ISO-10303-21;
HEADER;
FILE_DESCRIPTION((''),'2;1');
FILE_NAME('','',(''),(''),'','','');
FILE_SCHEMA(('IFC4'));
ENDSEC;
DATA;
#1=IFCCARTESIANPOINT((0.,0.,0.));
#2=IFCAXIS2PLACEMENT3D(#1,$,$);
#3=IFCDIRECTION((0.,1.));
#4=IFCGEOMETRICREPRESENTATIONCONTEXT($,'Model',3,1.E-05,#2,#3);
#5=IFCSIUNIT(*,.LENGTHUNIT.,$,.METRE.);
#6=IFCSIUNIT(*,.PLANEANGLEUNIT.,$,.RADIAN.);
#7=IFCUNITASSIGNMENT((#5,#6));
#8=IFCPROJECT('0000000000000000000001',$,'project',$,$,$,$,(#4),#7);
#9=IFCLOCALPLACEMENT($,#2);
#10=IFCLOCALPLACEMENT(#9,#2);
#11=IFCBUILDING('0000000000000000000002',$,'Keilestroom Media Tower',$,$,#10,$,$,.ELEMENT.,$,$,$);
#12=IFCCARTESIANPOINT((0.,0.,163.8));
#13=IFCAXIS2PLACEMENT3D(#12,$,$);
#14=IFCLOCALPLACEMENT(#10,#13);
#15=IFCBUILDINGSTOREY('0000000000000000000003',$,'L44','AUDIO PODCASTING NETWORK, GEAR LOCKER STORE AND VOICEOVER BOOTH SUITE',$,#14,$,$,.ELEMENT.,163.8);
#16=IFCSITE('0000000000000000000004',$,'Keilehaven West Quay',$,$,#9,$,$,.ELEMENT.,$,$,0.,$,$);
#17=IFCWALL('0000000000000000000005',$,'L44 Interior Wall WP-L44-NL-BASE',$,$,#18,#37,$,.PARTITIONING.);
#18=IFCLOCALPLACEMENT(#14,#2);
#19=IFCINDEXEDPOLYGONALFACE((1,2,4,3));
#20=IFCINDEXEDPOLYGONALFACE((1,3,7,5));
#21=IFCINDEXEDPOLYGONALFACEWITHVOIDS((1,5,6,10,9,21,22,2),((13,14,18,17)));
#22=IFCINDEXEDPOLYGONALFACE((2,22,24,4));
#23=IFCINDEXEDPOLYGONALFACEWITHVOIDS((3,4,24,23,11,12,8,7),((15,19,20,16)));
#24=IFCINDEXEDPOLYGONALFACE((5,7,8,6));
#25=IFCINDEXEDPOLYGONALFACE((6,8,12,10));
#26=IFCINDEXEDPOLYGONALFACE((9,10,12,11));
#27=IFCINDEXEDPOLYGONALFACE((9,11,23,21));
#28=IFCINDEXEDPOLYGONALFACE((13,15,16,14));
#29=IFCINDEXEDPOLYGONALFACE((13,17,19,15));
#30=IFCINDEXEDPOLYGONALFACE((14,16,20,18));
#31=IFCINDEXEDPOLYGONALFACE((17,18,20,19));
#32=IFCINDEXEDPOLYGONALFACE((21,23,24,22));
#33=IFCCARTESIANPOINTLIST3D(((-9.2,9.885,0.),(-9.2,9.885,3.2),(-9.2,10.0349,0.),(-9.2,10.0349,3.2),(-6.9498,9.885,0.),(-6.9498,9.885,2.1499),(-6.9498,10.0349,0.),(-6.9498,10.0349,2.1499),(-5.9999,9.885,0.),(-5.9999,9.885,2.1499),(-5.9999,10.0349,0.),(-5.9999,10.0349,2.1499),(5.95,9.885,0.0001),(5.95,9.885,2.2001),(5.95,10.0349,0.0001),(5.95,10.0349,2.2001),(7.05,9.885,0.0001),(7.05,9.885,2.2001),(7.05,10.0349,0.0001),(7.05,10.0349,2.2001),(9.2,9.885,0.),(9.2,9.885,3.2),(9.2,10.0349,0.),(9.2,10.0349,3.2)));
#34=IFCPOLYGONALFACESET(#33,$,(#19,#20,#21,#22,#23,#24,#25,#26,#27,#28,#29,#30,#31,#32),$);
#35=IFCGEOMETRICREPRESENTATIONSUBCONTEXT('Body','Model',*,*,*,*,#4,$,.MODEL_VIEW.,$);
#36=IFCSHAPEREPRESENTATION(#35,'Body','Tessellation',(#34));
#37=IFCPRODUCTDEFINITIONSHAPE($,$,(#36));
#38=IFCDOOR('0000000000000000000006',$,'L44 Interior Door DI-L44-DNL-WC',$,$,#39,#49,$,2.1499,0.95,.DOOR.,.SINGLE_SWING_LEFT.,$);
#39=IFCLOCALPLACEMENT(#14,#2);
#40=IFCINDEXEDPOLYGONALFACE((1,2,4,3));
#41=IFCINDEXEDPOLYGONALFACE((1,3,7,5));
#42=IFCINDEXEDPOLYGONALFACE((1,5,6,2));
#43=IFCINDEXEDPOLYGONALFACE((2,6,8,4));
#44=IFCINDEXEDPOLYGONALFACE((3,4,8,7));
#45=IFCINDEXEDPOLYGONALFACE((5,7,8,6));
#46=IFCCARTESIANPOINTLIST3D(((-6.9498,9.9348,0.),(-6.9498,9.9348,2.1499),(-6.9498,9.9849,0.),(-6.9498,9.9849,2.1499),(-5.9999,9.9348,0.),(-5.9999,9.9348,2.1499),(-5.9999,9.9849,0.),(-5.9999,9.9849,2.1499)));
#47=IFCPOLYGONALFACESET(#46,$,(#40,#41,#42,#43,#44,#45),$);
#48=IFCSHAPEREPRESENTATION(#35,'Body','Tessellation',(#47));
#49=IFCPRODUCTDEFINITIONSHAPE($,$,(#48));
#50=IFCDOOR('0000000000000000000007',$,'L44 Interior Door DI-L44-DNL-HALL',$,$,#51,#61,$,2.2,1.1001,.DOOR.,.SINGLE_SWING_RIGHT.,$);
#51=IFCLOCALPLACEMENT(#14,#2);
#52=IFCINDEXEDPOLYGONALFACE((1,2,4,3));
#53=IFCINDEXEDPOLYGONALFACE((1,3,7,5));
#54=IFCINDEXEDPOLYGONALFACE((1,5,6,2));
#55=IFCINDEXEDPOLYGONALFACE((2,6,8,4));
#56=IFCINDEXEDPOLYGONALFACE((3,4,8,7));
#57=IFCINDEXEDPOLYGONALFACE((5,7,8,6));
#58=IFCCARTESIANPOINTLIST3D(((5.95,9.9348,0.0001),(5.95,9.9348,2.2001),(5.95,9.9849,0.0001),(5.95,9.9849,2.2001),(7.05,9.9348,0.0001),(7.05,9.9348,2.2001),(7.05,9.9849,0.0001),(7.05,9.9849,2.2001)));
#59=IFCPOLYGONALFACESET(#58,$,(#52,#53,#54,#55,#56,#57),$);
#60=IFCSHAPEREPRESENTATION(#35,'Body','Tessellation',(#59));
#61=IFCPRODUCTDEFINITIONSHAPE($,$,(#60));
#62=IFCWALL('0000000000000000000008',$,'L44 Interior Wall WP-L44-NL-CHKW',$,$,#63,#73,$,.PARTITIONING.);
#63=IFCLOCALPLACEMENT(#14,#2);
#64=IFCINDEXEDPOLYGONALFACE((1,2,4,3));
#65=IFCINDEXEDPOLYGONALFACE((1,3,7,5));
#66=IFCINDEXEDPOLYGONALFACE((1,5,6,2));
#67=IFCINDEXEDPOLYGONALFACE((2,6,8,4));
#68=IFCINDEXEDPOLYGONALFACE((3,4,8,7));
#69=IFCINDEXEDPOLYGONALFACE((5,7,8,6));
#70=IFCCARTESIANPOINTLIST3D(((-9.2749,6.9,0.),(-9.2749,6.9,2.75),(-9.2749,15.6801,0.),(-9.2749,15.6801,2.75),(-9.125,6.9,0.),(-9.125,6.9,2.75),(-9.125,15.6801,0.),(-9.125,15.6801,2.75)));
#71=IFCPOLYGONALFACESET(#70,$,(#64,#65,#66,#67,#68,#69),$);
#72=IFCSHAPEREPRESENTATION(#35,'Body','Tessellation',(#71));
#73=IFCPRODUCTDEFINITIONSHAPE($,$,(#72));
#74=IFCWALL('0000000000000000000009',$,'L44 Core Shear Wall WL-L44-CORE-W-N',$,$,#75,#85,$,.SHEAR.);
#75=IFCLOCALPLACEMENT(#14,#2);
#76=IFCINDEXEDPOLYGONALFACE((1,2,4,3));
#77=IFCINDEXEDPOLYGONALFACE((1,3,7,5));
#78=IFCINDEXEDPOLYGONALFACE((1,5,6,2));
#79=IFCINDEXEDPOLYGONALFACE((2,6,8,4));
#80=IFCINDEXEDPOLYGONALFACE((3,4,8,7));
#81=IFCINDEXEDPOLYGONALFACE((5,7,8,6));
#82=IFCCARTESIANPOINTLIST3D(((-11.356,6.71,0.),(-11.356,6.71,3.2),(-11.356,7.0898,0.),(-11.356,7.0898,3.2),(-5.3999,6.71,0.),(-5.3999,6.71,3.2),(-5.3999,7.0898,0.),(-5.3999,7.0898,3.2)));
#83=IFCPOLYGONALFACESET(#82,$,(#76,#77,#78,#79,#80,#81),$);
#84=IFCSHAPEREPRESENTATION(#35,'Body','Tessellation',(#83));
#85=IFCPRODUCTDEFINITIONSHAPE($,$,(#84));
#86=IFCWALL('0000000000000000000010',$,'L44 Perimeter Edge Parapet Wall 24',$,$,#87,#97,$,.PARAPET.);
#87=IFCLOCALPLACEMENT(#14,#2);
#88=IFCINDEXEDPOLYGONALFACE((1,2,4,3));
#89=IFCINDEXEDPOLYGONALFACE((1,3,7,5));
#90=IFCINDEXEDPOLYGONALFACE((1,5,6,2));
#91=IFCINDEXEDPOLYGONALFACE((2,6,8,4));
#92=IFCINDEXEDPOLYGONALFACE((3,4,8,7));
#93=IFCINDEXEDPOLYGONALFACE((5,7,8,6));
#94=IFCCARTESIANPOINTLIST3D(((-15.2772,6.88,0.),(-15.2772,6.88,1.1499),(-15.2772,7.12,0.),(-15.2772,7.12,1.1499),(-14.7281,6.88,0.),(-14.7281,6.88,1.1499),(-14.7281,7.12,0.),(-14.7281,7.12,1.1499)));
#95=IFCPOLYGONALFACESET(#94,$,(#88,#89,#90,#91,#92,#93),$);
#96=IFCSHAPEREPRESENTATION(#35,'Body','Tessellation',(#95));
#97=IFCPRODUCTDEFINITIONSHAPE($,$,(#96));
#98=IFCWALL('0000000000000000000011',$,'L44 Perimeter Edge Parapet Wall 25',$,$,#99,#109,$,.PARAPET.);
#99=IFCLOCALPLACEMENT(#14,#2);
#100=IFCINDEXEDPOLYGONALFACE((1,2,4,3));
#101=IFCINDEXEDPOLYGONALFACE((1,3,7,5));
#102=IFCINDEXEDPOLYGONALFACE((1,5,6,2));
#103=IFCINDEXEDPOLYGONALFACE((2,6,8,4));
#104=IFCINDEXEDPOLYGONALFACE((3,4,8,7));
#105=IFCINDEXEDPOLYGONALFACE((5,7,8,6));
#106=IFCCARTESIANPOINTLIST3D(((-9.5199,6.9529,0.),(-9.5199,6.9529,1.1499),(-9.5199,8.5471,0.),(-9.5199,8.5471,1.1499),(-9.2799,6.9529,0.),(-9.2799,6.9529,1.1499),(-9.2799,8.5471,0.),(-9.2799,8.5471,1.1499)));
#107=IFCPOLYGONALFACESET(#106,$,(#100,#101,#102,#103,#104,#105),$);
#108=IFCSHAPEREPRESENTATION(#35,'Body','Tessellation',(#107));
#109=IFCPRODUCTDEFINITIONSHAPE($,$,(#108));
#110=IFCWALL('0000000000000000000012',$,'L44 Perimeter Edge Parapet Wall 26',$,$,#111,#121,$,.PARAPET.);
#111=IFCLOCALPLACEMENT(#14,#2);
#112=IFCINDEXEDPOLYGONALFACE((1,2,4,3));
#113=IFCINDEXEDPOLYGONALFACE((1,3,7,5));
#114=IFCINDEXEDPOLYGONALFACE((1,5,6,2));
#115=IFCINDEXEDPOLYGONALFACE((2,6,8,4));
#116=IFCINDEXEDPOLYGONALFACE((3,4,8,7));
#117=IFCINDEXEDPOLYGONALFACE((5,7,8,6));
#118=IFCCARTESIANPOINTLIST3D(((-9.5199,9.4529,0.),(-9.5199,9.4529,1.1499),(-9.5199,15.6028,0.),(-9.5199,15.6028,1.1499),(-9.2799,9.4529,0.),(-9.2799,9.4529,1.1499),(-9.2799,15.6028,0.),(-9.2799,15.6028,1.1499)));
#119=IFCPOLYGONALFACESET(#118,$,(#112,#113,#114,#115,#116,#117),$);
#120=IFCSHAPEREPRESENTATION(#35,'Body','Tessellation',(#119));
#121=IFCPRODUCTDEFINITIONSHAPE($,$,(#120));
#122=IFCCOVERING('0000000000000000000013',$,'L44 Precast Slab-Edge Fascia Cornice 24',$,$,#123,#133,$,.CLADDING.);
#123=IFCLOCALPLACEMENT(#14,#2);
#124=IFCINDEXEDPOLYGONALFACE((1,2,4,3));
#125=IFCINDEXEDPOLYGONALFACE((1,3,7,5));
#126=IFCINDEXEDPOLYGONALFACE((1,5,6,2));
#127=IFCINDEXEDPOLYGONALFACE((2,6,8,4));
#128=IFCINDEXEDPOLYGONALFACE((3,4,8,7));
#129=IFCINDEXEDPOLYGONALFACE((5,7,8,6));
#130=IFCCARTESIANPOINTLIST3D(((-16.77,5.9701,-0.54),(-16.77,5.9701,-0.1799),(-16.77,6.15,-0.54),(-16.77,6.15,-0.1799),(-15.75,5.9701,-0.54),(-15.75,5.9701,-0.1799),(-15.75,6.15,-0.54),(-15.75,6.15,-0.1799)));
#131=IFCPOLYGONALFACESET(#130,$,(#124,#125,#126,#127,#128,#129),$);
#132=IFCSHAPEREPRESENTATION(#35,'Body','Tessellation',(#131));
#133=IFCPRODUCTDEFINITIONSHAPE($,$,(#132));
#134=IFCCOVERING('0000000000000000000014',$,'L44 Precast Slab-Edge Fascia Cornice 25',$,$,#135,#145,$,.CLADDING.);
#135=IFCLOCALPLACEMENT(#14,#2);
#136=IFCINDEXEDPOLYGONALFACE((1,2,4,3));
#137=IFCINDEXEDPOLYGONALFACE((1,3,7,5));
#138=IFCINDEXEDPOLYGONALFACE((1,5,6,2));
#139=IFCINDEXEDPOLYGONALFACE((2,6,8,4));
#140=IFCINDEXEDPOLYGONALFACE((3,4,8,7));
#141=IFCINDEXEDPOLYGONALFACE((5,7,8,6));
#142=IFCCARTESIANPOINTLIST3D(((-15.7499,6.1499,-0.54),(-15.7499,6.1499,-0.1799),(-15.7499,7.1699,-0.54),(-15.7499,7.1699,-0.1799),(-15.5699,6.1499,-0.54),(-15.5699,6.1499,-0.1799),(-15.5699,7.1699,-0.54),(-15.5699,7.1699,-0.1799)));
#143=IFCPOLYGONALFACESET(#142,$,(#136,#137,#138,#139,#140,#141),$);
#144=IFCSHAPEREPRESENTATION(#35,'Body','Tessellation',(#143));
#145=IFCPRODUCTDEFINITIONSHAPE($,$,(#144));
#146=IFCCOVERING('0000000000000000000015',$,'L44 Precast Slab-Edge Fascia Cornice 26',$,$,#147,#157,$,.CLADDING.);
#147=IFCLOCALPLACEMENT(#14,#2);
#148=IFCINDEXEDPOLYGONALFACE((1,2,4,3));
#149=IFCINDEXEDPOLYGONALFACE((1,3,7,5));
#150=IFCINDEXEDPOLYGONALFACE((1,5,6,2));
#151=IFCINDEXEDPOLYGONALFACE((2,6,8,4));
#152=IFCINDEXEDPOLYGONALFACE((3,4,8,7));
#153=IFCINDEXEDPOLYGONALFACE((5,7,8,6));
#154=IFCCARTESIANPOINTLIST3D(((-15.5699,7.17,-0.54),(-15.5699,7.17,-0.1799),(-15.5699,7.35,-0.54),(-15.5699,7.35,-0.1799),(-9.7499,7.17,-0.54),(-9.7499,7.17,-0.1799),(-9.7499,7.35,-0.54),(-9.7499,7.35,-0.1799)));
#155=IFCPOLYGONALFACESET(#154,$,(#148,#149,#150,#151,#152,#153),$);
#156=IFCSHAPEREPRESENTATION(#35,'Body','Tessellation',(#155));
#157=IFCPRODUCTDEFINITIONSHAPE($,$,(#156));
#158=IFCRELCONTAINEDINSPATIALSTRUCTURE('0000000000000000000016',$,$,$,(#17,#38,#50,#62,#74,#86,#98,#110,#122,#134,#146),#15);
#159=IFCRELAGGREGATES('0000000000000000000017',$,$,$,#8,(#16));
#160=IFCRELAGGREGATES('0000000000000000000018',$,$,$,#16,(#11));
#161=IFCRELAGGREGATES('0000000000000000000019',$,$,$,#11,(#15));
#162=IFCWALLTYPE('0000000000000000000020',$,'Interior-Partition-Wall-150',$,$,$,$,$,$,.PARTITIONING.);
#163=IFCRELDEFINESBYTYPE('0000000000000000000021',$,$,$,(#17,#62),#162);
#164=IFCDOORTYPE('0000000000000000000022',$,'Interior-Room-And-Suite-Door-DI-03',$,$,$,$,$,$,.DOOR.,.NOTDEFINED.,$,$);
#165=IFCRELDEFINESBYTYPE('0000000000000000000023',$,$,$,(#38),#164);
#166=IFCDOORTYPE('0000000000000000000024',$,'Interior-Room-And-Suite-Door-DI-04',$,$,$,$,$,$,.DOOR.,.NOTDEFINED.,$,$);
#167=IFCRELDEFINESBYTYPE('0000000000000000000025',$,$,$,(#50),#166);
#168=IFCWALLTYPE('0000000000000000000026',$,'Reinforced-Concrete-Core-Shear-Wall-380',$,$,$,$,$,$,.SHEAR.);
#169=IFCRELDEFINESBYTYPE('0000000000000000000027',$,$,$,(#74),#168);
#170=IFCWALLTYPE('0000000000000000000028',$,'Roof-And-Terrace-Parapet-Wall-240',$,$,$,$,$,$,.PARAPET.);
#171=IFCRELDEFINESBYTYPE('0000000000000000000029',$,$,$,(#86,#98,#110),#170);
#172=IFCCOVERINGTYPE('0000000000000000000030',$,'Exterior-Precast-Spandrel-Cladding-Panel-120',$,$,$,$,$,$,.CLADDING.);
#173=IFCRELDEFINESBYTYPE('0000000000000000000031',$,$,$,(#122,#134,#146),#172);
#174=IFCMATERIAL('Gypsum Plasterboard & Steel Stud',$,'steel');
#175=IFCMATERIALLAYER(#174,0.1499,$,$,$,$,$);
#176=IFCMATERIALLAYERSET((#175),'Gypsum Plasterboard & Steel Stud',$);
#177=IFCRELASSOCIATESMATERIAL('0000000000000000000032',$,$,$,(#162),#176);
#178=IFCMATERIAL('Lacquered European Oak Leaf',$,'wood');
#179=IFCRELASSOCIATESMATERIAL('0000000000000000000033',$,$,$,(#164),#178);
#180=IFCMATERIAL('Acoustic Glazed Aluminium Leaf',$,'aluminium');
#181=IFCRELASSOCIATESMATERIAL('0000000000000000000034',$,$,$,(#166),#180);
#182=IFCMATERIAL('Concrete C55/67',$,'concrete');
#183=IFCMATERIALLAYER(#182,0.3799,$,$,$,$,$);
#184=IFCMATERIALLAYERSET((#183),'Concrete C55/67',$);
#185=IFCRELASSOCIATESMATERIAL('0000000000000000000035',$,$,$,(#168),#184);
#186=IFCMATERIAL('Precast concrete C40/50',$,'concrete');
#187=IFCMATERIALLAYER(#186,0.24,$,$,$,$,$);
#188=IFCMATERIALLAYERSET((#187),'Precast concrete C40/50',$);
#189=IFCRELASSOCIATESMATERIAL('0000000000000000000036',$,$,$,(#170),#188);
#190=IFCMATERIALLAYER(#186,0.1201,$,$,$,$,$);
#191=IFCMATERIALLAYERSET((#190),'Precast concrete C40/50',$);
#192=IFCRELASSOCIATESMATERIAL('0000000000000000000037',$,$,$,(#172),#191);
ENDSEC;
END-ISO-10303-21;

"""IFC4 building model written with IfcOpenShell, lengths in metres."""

from ifc_helpers import new_model, si_unit, direction, frame, frame_2d, origin, origin_2d, place, context, subcontext, project, spatial, rectangle, extrude, source, transform, mapped, material, layer, layer_set, type_object, element, fill, save


model = new_model("IFC4")

# Units and contexts
model_context = context("Model", 3, precision=1e-05, world=origin(), true_north=direction((0.0, 1.0)))
body_context = subcontext(model_context, "Body", "Model", "MODEL_VIEW")
ifc_project = project(units=[si_unit("LENGTHUNIT", "METRE"), si_unit("PLANEANGLEUNIT", "RADIAN")], contexts=[model_context])

# Site, building, storey
site_placement = place(None, origin())
site = spatial("IfcSite", under=ifc_project, at=site_placement, Name="Keilehaven West Quay", CompositionType="ELEMENT", RefElevation=0.0)
building_placement = place(site_placement, origin())
building = spatial("IfcBuilding", under=site, at=building_placement, Name="Keilestroom Media Tower", CompositionType="ELEMENT")
storey_placement = place(building_placement, frame((0.0, 0.0, 163.8)))
storey = spatial("IfcBuildingStorey", under=building, at=storey_placement, Name="L44", Description="AUDIO PODCASTING NETWORK, GEAR LOCKER STORE AND VOICEOVER BOOTH SUITE", CompositionType="ELEMENT", Elevation=163.8)

# Shared definitions
ifc_material_1 = material(Name="Precast concrete C40/50", Category="concrete")
ifc_material_2 = material(Name="Concrete C55/67", Category="concrete")

# Shared definitions
ifc_material_3 = material(Name="Gypsum Plasterboard & Steel Stud", Category="steel")

# Wall, openings, doors
ifc_layer_1 = layer(ifc_material_3, 0.1499)
ifc_layer_set_1 = layer_set([ifc_layer_1], Name="Gypsum Plasterboard & Steel Stud")
wall_type_1 = type_object("IfcWallType", Name="Interior-Partition-Wall-150", PredefinedType="PARTITIONING", material=ifc_layer_set_1)
wall_1_placement = place(storey_placement, frame((-9.2, 9.96, 0.0), z_axis=(0.0, 0.0, 1.0), x_axis=(1.0, 0.0, 0.0)))
wall_1 = element("IfcWall", 1, at=wall_1_placement, inside=storey, type_object=wall_type_1, Name="L44 Interior Wall WP-L44-NL-BASE", PredefinedType="PARTITIONING", context=body_context, shape_type="SweptSolid", body=[
    extrude(rectangle(XDim=18.3999, YDim=0.1499, at=frame_2d((9.2, 0.0))), origin(), (0.0, 0.0, 1.0), 3.2),
])
opening_1_placement = place(wall_1_placement, frame((2.25, 0.0, 0.0)))
opening_1 = element("IfcOpeningElement", 2, at=opening_1_placement, cuts=wall_1, PredefinedType="OPENING", context=body_context, shape_type="SweptSolid", body=[
    extrude(rectangle(XDim=0.95, YDim=2.1499, at=frame_2d((0.4751, 1.075))), frame((0.0, 0.085, 0.0), z_axis=(0.0, -1.0, 0.0), x_axis=(1.0, 0.0, 0.0)), (0.0, 0.0, 1.0), 0.1699),
])
opening_2_placement = place(wall_1_placement, frame((15.1499, 0.0, 0.0)))
opening_2 = element("IfcOpeningElement", 3, at=opening_2_placement, cuts=wall_1, PredefinedType="OPENING", context=body_context, shape_type="SweptSolid", body=[
    extrude(rectangle(XDim=1.1001, YDim=2.2, at=frame_2d((0.55, 1.1001))), frame((0.0, 0.085, 0.0), z_axis=(0.0, -1.0, 0.0), x_axis=(1.0, 0.0, 0.0)), (0.0, 0.0, 1.0), 0.1699),
])
ifc_material_4 = material(Name="Lacquered European Oak Leaf", Category="wood")
door_type_1 = type_object("IfcDoorType", Name="Interior-Room-And-Suite-Door-DI-03", OperationType="NOTDEFINED", PredefinedType="DOOR", material=ifc_material_4)
shared_shape_1 = source(origin(), body_context, "Body", "SweptSolid", [
    extrude(rectangle(XDim=0.95, YDim=2.1499, at=frame_2d((0.4751, 1.075))), frame((0.0, 0.0249, 0.0), z_axis=(0.0, -1.0, 0.0), x_axis=(1.0, 0.0, 0.0)), (0.0, 0.0, 1.0), 0.05),
])
door_1_placement = place(opening_1_placement, origin())
door_1 = element("IfcDoor", 4, at=door_1_placement, inside=storey, type_object=door_type_1, Name="L44 Interior Door DI-L44-DNL-WC", OperationType="SINGLE_SWING_LEFT", OverallHeight=2.1499, OverallWidth=0.95, PredefinedType="DOOR", context=body_context, shape_type="MappedRepresentation", body=[
    mapped(shared_shape_1, transform((0.0, 0.0, 0.0), x_axis=(1.0, 0.0, 0.0), y_axis=(0.0, 1.0, 0.0), z_axis=(0.0, 0.0, 1.0), scale=1.0)),
])
fill(opening_1, door_1)
ifc_material_5 = material(Name="Acoustic Glazed Aluminium Leaf", Category="aluminium")
door_type_2 = type_object("IfcDoorType", Name="Interior-Room-And-Suite-Door-DI-04", OperationType="NOTDEFINED", PredefinedType="DOOR", material=ifc_material_5)
shared_shape_2 = source(origin(), body_context, "Body", "SweptSolid", [
    extrude(rectangle(XDim=1.1001, YDim=2.2, at=frame_2d((0.55, 1.1001))), frame((0.0, 0.0249, 0.0), z_axis=(0.0, -1.0, 0.0), x_axis=(1.0, 0.0, 0.0)), (0.0, 0.0, 1.0), 0.05),
])
door_2_placement = place(opening_2_placement, origin())
door_2 = element("IfcDoor", 5, at=door_2_placement, inside=storey, type_object=door_type_2, Name="L44 Interior Door DI-L44-DNL-HALL", OperationType="SINGLE_SWING_RIGHT", OverallHeight=2.2, OverallWidth=1.1001, PredefinedType="DOOR", context=body_context, shape_type="MappedRepresentation", body=[
    mapped(shared_shape_2, transform((0.0, 0.0, 0.0), x_axis=(1.0, 0.0, 0.0), y_axis=(0.0, 1.0, 0.0), z_axis=(0.0, 0.0, 1.0), scale=1.0)),
])
fill(opening_2, door_2)

# Walls
wall_2_placement = place(storey_placement, frame((-9.2, 6.8999, 0.0), z_axis=(0.0, 0.0, 1.0), x_axis=(0.0, 1.0, 0.0)))
element("IfcWall", 6, at=wall_2_placement, inside=storey, type_object=wall_type_1, Name="L44 Interior Wall WP-L44-NL-CHKW", PredefinedType="PARTITIONING", context=body_context, shape_type="SweptSolid", body=[
    extrude(rectangle(XDim=8.78, YDim=0.1499, at=frame_2d((4.3901, 0.0))), origin(), (0.0, 0.0, 1.0), 2.75),
])
ifc_layer_2 = layer(ifc_material_2, 0.3799)
ifc_layer_set_2 = layer_set([ifc_layer_2], Name="Concrete C55/67")
wall_type_2 = type_object("IfcWallType", Name="Reinforced-Concrete-Core-Shear-Wall-380", PredefinedType="SHEAR", material=ifc_layer_set_2)
wall_3_placement = place(storey_placement, frame((-11.356, 6.8999, 0.0), z_axis=(0.0, 0.0, 1.0), x_axis=(1.0, 0.0, 0.0)))
element("IfcWall", 7, at=wall_3_placement, inside=storey, type_object=wall_type_2, Name="L44 Core Shear Wall WL-L44-CORE-W-N", PredefinedType="SHEAR", context=body_context, shape_type="SweptSolid", body=[
    extrude(rectangle(XDim=5.9561, YDim=0.3799, at=frame_2d((2.978, 0.0))), origin(), (0.0, 0.0, 1.0), 3.2),
])
ifc_layer_3 = layer(ifc_material_1, 0.24)
ifc_layer_set_3 = layer_set([ifc_layer_3], Name="Precast concrete C40/50")
wall_type_3 = type_object("IfcWallType", Name="Roof-And-Terrace-Parapet-Wall-240", PredefinedType="PARAPET", material=ifc_layer_set_3)
wall_4_placement = place(storey_placement, frame((-15.2771, 7.0, 0.0), z_axis=(0.0, 0.0, 1.0), x_axis=(1.0, 0.0, 0.0)))
element("IfcWall", 8, at=wall_4_placement, inside=storey, type_object=wall_type_3, Name="L44 Perimeter Edge Parapet Wall 24", PredefinedType="PARAPET", context=body_context, shape_type="SweptSolid", body=[
    extrude(rectangle(XDim=0.5491, YDim=0.24, at=frame_2d((0.2744, 0.0))), origin(), (0.0, 0.0, 1.0), 1.1499),
])
wall_5_placement = place(storey_placement, frame((-9.3999, 6.9529, 0.0), z_axis=(0.0, 0.0, 1.0), x_axis=(0.0, 1.0, 0.0)))
element("IfcWall", 9, at=wall_5_placement, inside=storey, type_object=wall_type_3, Name="L44 Perimeter Edge Parapet Wall 25", PredefinedType="PARAPET", context=body_context, shape_type="SweptSolid", body=[
    extrude(rectangle(XDim=1.5942, YDim=0.24, at=frame_2d((0.7971, 0.0))), origin(), (0.0, 0.0, 1.0), 1.1499),
])
wall_6_placement = place(storey_placement, frame((-9.3999, 9.4529, 0.0), z_axis=(0.0, 0.0, 1.0), x_axis=(0.0, 1.0, 0.0)))
element("IfcWall", 10, at=wall_6_placement, inside=storey, type_object=wall_type_3, Name="L44 Perimeter Edge Parapet Wall 26", PredefinedType="PARAPET", context=body_context, shape_type="SweptSolid", body=[
    extrude(rectangle(XDim=6.1499, YDim=0.24, at=frame_2d((3.075, 0.0))), origin(), (0.0, 0.0, 1.0), 1.1499),
])

# Coverings
ifc_layer_4 = layer(ifc_material_1, 0.1201)
ifc_layer_set_4 = layer_set([ifc_layer_4], Name="Precast concrete C40/50")
covering_type = type_object("IfcCoveringType", Name="Exterior-Precast-Spandrel-Cladding-Panel-120", PredefinedType="CLADDING", material=ifc_layer_set_4)
shared_shape_3 = source(origin(), body_context, "Body", "SweptSolid", [
    extrude(rectangle(XDim=1.02, YDim=0.1799, at=origin_2d()), origin(), (0.0, 0.0, 1.0), 0.3601),
])
for number, where, z_axis, x_axis, name in (
    (11, (-16.26, 6.0601, -0.54), (0.0, 0.0, 1.0), (1.0, 0.0, 0.0), "L44 Precast Slab-Edge Fascia Cornice 24"),
    (12, (-15.6599, 6.6599, -0.54), (0.0, 0.0, 1.0), (0.0, 1.0, 0.0), "L44 Precast Slab-Edge Fascia Cornice 25"),
):
    element("IfcCovering", number, at=place(storey_placement, frame(where, z_axis=z_axis, x_axis=x_axis)), inside=storey, type_object=covering_type, Name=name, PredefinedType="CLADDING", context=body_context, shape_type="MappedRepresentation", body=[
        mapped(shared_shape_3, transform((0.0, 0.0, 0.0), x_axis=(1.0, 0.0, 0.0), y_axis=(0.0, 1.0, 0.0), z_axis=(0.0, 0.0, 1.0), scale=1.0)),
    ])
shared_shape_4 = source(origin(), body_context, "Body", "SweptSolid", [
    extrude(rectangle(XDim=5.8201, YDim=0.1799, at=origin_2d()), origin(), (0.0, 0.0, 1.0), 0.3601),
])
covering_placement = place(storey_placement, frame((-12.6599, 7.26, -0.54), z_axis=(0.0, 0.0, 1.0), x_axis=(1.0, 0.0, 0.0)))
element("IfcCovering", 13, at=covering_placement, inside=storey, type_object=covering_type, Name="L44 Precast Slab-Edge Fascia Cornice 26", PredefinedType="CLADDING", context=body_context, shape_type="MappedRepresentation", body=[
    mapped(shared_shape_4, transform((0.0, 0.0, 0.0), x_axis=(1.0, 0.0, 0.0), y_axis=(0.0, 1.0, 0.0), z_axis=(0.0, 0.0, 1.0), scale=1.0)),
])

save(model, "model.ifc")
